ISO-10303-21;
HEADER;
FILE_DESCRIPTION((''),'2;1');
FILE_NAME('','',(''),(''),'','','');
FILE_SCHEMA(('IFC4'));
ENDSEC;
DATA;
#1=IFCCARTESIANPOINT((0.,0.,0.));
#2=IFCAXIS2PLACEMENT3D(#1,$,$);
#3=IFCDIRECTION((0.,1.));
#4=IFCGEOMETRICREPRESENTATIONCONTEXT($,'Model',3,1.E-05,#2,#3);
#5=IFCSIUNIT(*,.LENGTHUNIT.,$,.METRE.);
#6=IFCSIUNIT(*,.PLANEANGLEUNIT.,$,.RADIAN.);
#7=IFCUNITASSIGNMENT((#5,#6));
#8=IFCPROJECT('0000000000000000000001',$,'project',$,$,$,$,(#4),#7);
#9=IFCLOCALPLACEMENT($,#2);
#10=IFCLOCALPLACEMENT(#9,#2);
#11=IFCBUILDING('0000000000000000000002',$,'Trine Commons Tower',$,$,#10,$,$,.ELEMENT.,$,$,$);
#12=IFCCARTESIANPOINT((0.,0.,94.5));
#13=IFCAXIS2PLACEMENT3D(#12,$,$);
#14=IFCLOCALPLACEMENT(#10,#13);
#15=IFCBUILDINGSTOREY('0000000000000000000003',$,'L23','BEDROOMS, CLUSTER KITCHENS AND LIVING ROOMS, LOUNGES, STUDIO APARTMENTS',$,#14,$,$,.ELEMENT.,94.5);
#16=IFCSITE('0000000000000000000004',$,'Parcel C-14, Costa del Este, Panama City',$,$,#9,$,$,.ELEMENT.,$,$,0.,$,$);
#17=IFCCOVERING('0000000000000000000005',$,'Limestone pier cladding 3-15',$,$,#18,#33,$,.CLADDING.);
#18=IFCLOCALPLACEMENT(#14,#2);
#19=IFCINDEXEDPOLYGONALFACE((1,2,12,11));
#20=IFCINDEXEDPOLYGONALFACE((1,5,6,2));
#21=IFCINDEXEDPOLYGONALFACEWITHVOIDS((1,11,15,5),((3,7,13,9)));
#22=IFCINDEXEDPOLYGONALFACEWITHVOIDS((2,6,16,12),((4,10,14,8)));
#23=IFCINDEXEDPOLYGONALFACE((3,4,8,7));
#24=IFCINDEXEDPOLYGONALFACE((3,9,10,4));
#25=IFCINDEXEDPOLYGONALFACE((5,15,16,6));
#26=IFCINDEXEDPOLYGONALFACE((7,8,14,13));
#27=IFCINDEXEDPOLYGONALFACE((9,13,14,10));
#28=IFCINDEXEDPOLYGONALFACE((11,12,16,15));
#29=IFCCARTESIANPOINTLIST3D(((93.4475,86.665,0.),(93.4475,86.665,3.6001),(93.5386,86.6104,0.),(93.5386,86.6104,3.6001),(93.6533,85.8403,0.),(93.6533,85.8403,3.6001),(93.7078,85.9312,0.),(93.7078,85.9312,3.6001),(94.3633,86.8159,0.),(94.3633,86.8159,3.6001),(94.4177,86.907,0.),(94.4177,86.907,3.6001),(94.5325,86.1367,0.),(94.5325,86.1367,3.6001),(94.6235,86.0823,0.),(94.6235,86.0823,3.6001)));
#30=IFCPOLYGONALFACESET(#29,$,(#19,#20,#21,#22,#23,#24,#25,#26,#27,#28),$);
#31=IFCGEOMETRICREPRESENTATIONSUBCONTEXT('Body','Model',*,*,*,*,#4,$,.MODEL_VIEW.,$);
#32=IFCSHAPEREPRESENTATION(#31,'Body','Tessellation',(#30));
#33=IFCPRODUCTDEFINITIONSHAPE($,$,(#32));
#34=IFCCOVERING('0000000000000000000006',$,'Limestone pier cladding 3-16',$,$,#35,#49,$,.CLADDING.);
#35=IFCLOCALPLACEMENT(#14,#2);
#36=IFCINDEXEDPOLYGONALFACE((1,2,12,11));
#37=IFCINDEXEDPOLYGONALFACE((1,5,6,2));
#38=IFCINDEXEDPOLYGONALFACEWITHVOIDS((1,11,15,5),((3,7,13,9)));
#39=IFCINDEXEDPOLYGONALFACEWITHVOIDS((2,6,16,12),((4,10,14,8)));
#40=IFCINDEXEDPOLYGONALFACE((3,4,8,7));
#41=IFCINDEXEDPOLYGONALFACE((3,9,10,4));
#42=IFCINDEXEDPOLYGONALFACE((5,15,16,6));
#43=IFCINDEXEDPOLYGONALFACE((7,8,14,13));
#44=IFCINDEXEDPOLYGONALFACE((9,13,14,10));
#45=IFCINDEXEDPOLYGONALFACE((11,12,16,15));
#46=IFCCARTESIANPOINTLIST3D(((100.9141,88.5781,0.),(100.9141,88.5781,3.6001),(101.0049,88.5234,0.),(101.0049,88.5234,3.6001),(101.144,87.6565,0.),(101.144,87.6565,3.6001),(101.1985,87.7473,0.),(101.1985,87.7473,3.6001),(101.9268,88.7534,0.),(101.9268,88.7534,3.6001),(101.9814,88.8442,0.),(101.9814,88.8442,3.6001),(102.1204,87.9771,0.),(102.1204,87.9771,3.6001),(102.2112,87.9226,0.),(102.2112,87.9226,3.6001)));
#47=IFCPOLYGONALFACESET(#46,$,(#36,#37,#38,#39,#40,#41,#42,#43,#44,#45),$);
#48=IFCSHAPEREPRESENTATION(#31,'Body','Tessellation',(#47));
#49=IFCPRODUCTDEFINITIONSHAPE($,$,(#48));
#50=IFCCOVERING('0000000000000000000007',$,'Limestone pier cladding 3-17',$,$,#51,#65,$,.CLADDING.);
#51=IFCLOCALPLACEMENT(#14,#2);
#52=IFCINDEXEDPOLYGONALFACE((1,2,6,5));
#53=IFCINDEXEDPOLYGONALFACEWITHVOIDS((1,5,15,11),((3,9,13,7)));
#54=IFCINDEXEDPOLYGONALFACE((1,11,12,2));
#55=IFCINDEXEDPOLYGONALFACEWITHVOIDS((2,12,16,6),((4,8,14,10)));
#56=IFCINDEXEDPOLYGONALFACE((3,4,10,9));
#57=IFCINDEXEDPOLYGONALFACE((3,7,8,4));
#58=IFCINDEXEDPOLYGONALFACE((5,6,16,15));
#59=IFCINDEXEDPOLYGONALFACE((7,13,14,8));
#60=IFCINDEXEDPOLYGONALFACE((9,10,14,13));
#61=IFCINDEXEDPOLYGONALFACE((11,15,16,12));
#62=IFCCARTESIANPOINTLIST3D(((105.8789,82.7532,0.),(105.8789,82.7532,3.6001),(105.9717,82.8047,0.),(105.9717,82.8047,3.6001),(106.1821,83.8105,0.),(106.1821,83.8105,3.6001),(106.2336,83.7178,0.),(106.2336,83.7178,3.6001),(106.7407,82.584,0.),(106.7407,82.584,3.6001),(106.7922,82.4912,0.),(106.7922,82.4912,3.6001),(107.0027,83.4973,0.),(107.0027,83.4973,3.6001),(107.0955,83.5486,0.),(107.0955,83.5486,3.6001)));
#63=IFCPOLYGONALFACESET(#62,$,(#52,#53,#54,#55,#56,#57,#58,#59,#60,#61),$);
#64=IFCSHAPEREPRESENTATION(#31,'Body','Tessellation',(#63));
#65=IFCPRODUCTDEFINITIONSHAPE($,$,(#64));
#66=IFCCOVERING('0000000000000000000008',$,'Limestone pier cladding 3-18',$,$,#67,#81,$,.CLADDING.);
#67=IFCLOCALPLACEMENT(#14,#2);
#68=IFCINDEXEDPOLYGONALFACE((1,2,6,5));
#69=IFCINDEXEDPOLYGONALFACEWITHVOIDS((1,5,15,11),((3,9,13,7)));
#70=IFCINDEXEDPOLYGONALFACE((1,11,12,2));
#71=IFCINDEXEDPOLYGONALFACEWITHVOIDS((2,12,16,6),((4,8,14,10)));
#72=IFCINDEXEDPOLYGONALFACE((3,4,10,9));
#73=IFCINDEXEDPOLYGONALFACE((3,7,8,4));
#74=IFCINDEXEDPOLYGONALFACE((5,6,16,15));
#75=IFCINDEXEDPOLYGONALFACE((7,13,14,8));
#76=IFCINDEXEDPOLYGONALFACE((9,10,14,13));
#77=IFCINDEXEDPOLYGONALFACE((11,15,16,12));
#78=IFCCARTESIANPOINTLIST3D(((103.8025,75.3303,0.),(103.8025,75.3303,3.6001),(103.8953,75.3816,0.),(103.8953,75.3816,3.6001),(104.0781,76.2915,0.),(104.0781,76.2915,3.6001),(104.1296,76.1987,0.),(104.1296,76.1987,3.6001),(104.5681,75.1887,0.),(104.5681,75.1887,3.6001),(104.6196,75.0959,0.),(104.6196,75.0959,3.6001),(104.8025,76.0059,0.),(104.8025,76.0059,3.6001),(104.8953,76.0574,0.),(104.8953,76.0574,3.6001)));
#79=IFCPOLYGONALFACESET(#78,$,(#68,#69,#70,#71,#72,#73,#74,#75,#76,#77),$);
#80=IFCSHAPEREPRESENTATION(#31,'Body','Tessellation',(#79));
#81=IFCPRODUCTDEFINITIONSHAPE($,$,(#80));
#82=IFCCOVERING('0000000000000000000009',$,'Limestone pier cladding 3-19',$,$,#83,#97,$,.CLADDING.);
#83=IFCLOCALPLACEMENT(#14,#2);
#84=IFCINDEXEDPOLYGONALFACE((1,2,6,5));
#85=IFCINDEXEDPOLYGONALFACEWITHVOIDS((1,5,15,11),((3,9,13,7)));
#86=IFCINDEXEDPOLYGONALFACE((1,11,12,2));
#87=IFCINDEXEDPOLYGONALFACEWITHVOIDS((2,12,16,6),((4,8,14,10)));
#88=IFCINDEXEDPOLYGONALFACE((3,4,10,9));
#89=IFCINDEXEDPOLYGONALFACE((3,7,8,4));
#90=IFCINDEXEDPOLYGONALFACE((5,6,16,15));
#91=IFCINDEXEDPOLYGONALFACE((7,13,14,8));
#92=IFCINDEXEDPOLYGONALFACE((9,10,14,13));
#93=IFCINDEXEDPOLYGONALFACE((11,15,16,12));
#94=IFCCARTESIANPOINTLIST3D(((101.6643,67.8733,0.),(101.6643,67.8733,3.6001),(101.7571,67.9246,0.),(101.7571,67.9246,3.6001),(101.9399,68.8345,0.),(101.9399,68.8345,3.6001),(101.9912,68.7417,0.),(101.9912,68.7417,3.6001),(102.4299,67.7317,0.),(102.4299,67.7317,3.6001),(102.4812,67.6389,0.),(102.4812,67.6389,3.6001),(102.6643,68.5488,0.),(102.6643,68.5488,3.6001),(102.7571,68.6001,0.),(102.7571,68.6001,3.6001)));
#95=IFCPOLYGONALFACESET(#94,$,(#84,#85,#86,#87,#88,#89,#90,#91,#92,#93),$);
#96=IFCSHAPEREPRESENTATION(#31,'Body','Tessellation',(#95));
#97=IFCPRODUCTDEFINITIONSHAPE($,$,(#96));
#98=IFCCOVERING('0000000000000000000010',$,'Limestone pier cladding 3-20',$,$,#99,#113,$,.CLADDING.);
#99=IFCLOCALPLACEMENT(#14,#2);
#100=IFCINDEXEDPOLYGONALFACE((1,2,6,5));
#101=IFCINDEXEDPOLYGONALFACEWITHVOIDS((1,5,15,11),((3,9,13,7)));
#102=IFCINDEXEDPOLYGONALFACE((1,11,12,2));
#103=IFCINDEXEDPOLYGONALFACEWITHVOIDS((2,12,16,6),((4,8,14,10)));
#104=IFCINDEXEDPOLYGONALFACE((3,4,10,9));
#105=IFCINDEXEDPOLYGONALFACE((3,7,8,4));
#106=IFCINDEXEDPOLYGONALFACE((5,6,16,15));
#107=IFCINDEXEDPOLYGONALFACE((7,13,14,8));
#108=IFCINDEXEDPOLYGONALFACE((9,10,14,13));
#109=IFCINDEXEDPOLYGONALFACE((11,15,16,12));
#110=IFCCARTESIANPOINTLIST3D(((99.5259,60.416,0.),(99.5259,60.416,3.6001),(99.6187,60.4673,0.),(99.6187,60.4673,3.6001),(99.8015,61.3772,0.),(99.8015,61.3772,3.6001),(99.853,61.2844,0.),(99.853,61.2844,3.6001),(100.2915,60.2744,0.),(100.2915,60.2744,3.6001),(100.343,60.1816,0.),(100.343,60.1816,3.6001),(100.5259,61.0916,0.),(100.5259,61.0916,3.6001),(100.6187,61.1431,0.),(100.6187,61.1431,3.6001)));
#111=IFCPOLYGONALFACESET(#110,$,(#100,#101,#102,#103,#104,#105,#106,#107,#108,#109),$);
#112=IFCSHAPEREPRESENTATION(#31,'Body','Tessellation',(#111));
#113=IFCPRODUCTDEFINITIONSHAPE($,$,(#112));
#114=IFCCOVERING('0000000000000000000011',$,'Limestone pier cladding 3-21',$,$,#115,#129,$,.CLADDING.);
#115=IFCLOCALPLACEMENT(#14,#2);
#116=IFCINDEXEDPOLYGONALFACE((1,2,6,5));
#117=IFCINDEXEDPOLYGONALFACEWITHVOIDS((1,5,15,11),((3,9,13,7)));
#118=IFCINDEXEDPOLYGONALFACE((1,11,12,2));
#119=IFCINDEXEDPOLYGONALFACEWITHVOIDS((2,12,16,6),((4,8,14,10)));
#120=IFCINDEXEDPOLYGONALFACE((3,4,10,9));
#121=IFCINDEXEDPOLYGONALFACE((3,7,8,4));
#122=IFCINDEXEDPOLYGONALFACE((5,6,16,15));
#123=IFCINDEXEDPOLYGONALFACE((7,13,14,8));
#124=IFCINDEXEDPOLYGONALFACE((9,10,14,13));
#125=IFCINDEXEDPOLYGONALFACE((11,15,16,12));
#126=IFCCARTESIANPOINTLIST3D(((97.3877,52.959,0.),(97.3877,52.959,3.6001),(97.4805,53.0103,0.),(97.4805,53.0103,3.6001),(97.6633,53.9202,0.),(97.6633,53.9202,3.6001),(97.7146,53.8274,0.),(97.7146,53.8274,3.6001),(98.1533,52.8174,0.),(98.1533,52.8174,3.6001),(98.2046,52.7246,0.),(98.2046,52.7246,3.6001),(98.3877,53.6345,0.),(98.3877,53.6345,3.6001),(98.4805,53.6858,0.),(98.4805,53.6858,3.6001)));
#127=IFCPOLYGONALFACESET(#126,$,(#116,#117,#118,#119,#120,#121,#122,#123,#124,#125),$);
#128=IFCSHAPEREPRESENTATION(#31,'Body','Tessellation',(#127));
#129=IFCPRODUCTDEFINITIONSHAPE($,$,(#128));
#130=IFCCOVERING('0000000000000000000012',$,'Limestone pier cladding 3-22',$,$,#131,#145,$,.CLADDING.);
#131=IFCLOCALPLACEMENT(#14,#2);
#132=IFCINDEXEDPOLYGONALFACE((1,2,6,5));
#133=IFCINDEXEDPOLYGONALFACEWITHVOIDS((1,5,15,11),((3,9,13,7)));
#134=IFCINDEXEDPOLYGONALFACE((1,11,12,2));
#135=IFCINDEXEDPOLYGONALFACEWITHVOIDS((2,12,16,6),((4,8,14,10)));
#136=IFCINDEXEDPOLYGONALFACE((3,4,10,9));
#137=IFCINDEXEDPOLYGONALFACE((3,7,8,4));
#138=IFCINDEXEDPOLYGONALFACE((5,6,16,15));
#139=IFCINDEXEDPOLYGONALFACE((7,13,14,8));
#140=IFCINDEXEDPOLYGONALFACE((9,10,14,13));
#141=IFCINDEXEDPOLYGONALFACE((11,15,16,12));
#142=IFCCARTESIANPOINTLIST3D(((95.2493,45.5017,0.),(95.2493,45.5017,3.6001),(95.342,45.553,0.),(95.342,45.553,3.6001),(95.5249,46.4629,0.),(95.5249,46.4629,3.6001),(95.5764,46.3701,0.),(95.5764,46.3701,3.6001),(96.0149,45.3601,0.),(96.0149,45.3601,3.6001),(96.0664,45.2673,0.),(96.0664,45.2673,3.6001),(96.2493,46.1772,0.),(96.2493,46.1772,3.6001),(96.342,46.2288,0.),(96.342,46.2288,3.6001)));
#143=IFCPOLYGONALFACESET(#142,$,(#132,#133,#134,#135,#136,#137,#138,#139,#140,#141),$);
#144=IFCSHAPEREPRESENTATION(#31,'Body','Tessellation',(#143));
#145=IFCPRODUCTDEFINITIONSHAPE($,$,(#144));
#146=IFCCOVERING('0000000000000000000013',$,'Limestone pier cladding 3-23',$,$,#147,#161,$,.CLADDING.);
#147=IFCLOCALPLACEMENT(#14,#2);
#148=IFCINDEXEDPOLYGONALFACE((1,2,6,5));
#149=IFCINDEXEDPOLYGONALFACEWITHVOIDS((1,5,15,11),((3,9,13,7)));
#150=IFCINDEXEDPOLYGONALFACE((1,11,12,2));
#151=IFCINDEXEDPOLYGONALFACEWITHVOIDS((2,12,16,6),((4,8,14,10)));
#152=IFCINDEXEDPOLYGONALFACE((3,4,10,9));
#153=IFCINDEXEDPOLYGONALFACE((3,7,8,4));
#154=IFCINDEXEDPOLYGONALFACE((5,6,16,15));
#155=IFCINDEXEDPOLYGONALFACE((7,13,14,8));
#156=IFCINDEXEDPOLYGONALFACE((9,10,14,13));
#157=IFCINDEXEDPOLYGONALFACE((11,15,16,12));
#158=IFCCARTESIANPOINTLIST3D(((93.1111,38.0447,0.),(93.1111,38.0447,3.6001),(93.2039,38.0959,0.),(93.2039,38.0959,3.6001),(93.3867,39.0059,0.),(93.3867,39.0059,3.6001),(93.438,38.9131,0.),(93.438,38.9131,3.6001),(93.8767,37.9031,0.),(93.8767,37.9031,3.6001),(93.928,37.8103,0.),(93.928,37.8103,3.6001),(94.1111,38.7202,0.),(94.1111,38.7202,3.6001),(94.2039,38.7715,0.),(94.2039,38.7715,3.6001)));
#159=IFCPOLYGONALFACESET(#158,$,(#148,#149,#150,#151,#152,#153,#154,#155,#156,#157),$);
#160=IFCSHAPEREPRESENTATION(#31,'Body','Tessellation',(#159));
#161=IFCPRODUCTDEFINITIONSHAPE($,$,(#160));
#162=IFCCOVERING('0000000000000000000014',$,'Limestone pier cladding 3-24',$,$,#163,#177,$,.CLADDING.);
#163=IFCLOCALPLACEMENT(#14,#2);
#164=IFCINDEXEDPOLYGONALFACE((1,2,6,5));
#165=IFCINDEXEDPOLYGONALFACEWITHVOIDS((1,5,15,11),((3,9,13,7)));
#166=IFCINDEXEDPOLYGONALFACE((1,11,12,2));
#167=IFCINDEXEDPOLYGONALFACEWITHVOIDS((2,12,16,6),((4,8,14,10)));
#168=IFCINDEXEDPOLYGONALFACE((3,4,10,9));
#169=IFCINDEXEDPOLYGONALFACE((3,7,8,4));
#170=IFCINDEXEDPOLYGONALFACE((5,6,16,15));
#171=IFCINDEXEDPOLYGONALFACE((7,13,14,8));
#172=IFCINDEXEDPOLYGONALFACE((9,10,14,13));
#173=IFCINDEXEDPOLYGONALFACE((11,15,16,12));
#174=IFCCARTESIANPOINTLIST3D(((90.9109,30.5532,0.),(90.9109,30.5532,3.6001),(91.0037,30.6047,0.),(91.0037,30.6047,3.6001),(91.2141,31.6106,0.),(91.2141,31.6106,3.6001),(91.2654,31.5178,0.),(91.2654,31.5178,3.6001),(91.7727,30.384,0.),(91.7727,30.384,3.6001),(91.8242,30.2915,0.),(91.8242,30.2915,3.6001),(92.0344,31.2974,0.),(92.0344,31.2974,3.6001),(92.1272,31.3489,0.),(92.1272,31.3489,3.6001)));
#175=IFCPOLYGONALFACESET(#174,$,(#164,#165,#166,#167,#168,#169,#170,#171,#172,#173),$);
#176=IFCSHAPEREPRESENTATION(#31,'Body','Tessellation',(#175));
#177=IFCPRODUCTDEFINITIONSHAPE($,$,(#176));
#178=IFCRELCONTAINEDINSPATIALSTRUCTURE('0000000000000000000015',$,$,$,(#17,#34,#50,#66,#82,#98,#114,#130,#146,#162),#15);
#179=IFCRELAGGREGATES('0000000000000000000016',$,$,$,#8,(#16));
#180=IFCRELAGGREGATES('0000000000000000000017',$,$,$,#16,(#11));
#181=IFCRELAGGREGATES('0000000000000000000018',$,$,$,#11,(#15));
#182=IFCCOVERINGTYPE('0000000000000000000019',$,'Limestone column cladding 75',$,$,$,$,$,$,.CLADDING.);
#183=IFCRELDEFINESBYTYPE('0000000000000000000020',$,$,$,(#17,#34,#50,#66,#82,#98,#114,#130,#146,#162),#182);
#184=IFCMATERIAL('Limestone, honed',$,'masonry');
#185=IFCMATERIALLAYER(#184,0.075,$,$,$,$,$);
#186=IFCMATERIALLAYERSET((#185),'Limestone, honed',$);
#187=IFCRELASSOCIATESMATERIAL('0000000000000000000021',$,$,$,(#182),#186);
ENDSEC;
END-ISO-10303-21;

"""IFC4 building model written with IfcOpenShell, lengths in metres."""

from ifc_helpers import new_model, si_unit, direction, frame, origin, place, context, subcontext, project, spatial, polyline, outline, extrude, material, layer, layer_set, type_object, element, save


model = new_model("IFC4")

# Units and contexts
model_context = context("Model", 3, precision=1e-05, world=origin(), true_north=direction((0.0, 1.0)))
body_context = subcontext(model_context, "Body", "Model", "MODEL_VIEW")
ifc_project = project(units=[si_unit("LENGTHUNIT", "METRE"), si_unit("PLANEANGLEUNIT", "RADIAN")], contexts=[model_context])

# Site, building, storey
site_placement = place(None, origin())
site = spatial("IfcSite", under=ifc_project, at=site_placement, Name="Parcel C-14, Costa del Este, Panama City", CompositionType="ELEMENT", RefElevation=0.0)
building_placement = place(site_placement, origin())
building = spatial("IfcBuilding", under=site, at=building_placement, Name="Trine Commons Tower", CompositionType="ELEMENT")
storey_placement = place(building_placement, frame((0.0, 0.0, 94.5)))
storey = spatial("IfcBuildingStorey", under=building, at=storey_placement, Name="L23", Description="BEDROOMS, CLUSTER KITCHENS AND LIVING ROOMS, LOUNGES, STUDIO APARTMENTS", CompositionType="ELEMENT", Elevation=94.5)

# Coverings
ifc_material_1 = material(Name="Limestone, honed", Category="masonry")
ifc_layer_1 = layer(ifc_material_1, 0.075)
ifc_layer_set_1 = layer_set([ifc_layer_1], Name="Limestone, honed")
covering_type_1 = type_object("IfcCoveringType", Name="Limestone column cladding 75", PredefinedType="CLADDING", material=ifc_layer_set_1)
covering_1_placement = place(storey_placement, origin())
element("IfcCovering", 1, at=covering_1_placement, inside=storey, type_object=covering_type_1, Name="Limestone pier cladding 3-15", PredefinedType="CLADDING", context=body_context, shape_type="SweptSolid", body=[
    extrude(outline(polyline([(94.6235, 86.0823), (94.4177, 86.907), (93.4475, 86.665), (93.6533, 85.8403), (94.6235, 86.0823)]), holes=[polyline([(94.5325, 86.1367), (94.3633, 86.8159), (93.5386, 86.6104), (93.7078, 85.9312), (94.5325, 86.1367)])]), origin(), (0.0, 0.0, 1.0), 3.6001),
])
covering_2_placement = place(storey_placement, origin())
element("IfcCovering", 2, at=covering_2_placement, inside=storey, type_object=covering_type_1, Name="Limestone pier cladding 3-16", PredefinedType="CLADDING", context=body_context, shape_type="SweptSolid", body=[
    extrude(outline(polyline([(102.2112, 87.9226), (101.9814, 88.8442), (100.9141, 88.5781), (101.144, 87.6565), (102.2112, 87.9226)]), holes=[polyline([(102.1204, 87.9771), (101.9268, 88.7534), (101.0049, 88.5234), (101.1985, 87.7473), (102.1204, 87.9771)])]), origin(), (0.0, 0.0, 1.0), 3.6001),
])
covering_3_placement = place(storey_placement, origin())
element("IfcCovering", 3, at=covering_3_placement, inside=storey, type_object=covering_type_1, Name="Limestone pier cladding 3-17", PredefinedType="CLADDING", context=body_context, shape_type="SweptSolid", body=[
    extrude(outline(polyline([(107.0955, 83.5486), (106.1821, 83.8105), (105.8789, 82.7532), (106.7922, 82.4912), (107.0955, 83.5486)]), holes=[polyline([(107.0027, 83.4973), (106.2336, 83.7178), (105.9717, 82.8047), (106.7407, 82.584), (107.0027, 83.4973)])]), origin(), (0.0, 0.0, 1.0), 3.6001),
])
covering_4_placement = place(storey_placement, origin())
element("IfcCovering", 4, at=covering_4_placement, inside=storey, type_object=covering_type_1, Name="Limestone pier cladding 3-18", PredefinedType="CLADDING", context=body_context, shape_type="SweptSolid", body=[
    extrude(outline(polyline([(104.8953, 76.0574), (104.0781, 76.2915), (103.8025, 75.3303), (104.6196, 75.0959), (104.8953, 76.0574)]), holes=[polyline([(104.8025, 76.0059), (104.1296, 76.1987), (103.8953, 75.3816), (104.5681, 75.1887), (104.8025, 76.0059)])]), origin(), (0.0, 0.0, 1.0), 3.6001),
])
covering_5_placement = place(storey_placement, origin())
element("IfcCovering", 5, at=covering_5_placement, inside=storey, type_object=covering_type_1, Name="Limestone pier cladding 3-19", PredefinedType="CLADDING", context=body_context, shape_type="SweptSolid", body=[
    extrude(outline(polyline([(102.7571, 68.6001), (101.9399, 68.8345), (101.6643, 67.8733), (102.4812, 67.6389), (102.7571, 68.6001)]), holes=[polyline([(102.6643, 68.5488), (101.9912, 68.7417), (101.7571, 67.9246), (102.4299, 67.7317), (102.6643, 68.5488)])]), origin(), (0.0, 0.0, 1.0), 3.6001),
])
covering_6_placement = place(storey_placement, origin())
element("IfcCovering", 6, at=covering_6_placement, inside=storey, type_object=covering_type_1, Name="Limestone pier cladding 3-20", PredefinedType="CLADDING", context=body_context, shape_type="SweptSolid", body=[
    extrude(outline(polyline([(100.6187, 61.1431), (99.8015, 61.3772), (99.5259, 60.416), (100.343, 60.1816), (100.6187, 61.1431)]), holes=[polyline([(100.5259, 61.0916), (99.853, 61.2844), (99.6187, 60.4673), (100.2915, 60.2744), (100.5259, 61.0916)])]), origin(), (0.0, 0.0, 1.0), 3.6001),
])
covering_7_placement = place(storey_placement, origin())
element("IfcCovering", 7, at=covering_7_placement, inside=storey, type_object=covering_type_1, Name="Limestone pier cladding 3-21", PredefinedType="CLADDING", context=body_context, shape_type="SweptSolid", body=[
    extrude(outline(polyline([(98.4805, 53.6858), (97.6633, 53.9202), (97.3877, 52.959), (98.2046, 52.7246), (98.4805, 53.6858)]), holes=[polyline([(98.3877, 53.6345), (97.7146, 53.8274), (97.4805, 53.0103), (98.1533, 52.8174), (98.3877, 53.6345)])]), origin(), (0.0, 0.0, 1.0), 3.6001),
])
covering_8_placement = place(storey_placement, origin())
element("IfcCovering", 8, at=covering_8_placement, inside=storey, type_object=covering_type_1, Name="Limestone pier cladding 3-22", PredefinedType="CLADDING", context=body_context, shape_type="SweptSolid", body=[
    extrude(outline(polyline([(96.342, 46.2288), (95.5249, 46.4629), (95.2493, 45.5017), (96.0664, 45.2673), (96.342, 46.2288)]), holes=[polyline([(96.2493, 46.1772), (95.5764, 46.3701), (95.342, 45.553), (96.0149, 45.3601), (96.2493, 46.1772)])]), origin(), (0.0, 0.0, 1.0), 3.6001),
])
covering_9_placement = place(storey_placement, origin())
element("IfcCovering", 9, at=covering_9_placement, inside=storey, type_object=covering_type_1, Name="Limestone pier cladding 3-23", PredefinedType="CLADDING", context=body_context, shape_type="SweptSolid", body=[
    extrude(outline(polyline([(94.2039, 38.7715), (93.3867, 39.0059), (93.1111, 38.0447), (93.928, 37.8103), (94.2039, 38.7715)]), holes=[polyline([(94.1111, 38.7202), (93.438, 38.9131), (93.2039, 38.0959), (93.8767, 37.9031), (94.1111, 38.7202)])]), origin(), (0.0, 0.0, 1.0), 3.6001),
])
covering_10_placement = place(storey_placement, origin())
element("IfcCovering", 10, at=covering_10_placement, inside=storey, type_object=covering_type_1, Name="Limestone pier cladding 3-24", PredefinedType="CLADDING", context=body_context, shape_type="SweptSolid", body=[
    extrude(outline(polyline([(92.1272, 31.3489), (91.2141, 31.6106), (90.9109, 30.5532), (91.8242, 30.2915), (92.1272, 31.3489)]), holes=[polyline([(92.0344, 31.2974), (91.2654, 31.5178), (91.0037, 30.6047), (91.7727, 30.384), (92.0344, 31.2974)])]), origin(), (0.0, 0.0, 1.0), 3.6001),
])

save(model, "model.ifc")
